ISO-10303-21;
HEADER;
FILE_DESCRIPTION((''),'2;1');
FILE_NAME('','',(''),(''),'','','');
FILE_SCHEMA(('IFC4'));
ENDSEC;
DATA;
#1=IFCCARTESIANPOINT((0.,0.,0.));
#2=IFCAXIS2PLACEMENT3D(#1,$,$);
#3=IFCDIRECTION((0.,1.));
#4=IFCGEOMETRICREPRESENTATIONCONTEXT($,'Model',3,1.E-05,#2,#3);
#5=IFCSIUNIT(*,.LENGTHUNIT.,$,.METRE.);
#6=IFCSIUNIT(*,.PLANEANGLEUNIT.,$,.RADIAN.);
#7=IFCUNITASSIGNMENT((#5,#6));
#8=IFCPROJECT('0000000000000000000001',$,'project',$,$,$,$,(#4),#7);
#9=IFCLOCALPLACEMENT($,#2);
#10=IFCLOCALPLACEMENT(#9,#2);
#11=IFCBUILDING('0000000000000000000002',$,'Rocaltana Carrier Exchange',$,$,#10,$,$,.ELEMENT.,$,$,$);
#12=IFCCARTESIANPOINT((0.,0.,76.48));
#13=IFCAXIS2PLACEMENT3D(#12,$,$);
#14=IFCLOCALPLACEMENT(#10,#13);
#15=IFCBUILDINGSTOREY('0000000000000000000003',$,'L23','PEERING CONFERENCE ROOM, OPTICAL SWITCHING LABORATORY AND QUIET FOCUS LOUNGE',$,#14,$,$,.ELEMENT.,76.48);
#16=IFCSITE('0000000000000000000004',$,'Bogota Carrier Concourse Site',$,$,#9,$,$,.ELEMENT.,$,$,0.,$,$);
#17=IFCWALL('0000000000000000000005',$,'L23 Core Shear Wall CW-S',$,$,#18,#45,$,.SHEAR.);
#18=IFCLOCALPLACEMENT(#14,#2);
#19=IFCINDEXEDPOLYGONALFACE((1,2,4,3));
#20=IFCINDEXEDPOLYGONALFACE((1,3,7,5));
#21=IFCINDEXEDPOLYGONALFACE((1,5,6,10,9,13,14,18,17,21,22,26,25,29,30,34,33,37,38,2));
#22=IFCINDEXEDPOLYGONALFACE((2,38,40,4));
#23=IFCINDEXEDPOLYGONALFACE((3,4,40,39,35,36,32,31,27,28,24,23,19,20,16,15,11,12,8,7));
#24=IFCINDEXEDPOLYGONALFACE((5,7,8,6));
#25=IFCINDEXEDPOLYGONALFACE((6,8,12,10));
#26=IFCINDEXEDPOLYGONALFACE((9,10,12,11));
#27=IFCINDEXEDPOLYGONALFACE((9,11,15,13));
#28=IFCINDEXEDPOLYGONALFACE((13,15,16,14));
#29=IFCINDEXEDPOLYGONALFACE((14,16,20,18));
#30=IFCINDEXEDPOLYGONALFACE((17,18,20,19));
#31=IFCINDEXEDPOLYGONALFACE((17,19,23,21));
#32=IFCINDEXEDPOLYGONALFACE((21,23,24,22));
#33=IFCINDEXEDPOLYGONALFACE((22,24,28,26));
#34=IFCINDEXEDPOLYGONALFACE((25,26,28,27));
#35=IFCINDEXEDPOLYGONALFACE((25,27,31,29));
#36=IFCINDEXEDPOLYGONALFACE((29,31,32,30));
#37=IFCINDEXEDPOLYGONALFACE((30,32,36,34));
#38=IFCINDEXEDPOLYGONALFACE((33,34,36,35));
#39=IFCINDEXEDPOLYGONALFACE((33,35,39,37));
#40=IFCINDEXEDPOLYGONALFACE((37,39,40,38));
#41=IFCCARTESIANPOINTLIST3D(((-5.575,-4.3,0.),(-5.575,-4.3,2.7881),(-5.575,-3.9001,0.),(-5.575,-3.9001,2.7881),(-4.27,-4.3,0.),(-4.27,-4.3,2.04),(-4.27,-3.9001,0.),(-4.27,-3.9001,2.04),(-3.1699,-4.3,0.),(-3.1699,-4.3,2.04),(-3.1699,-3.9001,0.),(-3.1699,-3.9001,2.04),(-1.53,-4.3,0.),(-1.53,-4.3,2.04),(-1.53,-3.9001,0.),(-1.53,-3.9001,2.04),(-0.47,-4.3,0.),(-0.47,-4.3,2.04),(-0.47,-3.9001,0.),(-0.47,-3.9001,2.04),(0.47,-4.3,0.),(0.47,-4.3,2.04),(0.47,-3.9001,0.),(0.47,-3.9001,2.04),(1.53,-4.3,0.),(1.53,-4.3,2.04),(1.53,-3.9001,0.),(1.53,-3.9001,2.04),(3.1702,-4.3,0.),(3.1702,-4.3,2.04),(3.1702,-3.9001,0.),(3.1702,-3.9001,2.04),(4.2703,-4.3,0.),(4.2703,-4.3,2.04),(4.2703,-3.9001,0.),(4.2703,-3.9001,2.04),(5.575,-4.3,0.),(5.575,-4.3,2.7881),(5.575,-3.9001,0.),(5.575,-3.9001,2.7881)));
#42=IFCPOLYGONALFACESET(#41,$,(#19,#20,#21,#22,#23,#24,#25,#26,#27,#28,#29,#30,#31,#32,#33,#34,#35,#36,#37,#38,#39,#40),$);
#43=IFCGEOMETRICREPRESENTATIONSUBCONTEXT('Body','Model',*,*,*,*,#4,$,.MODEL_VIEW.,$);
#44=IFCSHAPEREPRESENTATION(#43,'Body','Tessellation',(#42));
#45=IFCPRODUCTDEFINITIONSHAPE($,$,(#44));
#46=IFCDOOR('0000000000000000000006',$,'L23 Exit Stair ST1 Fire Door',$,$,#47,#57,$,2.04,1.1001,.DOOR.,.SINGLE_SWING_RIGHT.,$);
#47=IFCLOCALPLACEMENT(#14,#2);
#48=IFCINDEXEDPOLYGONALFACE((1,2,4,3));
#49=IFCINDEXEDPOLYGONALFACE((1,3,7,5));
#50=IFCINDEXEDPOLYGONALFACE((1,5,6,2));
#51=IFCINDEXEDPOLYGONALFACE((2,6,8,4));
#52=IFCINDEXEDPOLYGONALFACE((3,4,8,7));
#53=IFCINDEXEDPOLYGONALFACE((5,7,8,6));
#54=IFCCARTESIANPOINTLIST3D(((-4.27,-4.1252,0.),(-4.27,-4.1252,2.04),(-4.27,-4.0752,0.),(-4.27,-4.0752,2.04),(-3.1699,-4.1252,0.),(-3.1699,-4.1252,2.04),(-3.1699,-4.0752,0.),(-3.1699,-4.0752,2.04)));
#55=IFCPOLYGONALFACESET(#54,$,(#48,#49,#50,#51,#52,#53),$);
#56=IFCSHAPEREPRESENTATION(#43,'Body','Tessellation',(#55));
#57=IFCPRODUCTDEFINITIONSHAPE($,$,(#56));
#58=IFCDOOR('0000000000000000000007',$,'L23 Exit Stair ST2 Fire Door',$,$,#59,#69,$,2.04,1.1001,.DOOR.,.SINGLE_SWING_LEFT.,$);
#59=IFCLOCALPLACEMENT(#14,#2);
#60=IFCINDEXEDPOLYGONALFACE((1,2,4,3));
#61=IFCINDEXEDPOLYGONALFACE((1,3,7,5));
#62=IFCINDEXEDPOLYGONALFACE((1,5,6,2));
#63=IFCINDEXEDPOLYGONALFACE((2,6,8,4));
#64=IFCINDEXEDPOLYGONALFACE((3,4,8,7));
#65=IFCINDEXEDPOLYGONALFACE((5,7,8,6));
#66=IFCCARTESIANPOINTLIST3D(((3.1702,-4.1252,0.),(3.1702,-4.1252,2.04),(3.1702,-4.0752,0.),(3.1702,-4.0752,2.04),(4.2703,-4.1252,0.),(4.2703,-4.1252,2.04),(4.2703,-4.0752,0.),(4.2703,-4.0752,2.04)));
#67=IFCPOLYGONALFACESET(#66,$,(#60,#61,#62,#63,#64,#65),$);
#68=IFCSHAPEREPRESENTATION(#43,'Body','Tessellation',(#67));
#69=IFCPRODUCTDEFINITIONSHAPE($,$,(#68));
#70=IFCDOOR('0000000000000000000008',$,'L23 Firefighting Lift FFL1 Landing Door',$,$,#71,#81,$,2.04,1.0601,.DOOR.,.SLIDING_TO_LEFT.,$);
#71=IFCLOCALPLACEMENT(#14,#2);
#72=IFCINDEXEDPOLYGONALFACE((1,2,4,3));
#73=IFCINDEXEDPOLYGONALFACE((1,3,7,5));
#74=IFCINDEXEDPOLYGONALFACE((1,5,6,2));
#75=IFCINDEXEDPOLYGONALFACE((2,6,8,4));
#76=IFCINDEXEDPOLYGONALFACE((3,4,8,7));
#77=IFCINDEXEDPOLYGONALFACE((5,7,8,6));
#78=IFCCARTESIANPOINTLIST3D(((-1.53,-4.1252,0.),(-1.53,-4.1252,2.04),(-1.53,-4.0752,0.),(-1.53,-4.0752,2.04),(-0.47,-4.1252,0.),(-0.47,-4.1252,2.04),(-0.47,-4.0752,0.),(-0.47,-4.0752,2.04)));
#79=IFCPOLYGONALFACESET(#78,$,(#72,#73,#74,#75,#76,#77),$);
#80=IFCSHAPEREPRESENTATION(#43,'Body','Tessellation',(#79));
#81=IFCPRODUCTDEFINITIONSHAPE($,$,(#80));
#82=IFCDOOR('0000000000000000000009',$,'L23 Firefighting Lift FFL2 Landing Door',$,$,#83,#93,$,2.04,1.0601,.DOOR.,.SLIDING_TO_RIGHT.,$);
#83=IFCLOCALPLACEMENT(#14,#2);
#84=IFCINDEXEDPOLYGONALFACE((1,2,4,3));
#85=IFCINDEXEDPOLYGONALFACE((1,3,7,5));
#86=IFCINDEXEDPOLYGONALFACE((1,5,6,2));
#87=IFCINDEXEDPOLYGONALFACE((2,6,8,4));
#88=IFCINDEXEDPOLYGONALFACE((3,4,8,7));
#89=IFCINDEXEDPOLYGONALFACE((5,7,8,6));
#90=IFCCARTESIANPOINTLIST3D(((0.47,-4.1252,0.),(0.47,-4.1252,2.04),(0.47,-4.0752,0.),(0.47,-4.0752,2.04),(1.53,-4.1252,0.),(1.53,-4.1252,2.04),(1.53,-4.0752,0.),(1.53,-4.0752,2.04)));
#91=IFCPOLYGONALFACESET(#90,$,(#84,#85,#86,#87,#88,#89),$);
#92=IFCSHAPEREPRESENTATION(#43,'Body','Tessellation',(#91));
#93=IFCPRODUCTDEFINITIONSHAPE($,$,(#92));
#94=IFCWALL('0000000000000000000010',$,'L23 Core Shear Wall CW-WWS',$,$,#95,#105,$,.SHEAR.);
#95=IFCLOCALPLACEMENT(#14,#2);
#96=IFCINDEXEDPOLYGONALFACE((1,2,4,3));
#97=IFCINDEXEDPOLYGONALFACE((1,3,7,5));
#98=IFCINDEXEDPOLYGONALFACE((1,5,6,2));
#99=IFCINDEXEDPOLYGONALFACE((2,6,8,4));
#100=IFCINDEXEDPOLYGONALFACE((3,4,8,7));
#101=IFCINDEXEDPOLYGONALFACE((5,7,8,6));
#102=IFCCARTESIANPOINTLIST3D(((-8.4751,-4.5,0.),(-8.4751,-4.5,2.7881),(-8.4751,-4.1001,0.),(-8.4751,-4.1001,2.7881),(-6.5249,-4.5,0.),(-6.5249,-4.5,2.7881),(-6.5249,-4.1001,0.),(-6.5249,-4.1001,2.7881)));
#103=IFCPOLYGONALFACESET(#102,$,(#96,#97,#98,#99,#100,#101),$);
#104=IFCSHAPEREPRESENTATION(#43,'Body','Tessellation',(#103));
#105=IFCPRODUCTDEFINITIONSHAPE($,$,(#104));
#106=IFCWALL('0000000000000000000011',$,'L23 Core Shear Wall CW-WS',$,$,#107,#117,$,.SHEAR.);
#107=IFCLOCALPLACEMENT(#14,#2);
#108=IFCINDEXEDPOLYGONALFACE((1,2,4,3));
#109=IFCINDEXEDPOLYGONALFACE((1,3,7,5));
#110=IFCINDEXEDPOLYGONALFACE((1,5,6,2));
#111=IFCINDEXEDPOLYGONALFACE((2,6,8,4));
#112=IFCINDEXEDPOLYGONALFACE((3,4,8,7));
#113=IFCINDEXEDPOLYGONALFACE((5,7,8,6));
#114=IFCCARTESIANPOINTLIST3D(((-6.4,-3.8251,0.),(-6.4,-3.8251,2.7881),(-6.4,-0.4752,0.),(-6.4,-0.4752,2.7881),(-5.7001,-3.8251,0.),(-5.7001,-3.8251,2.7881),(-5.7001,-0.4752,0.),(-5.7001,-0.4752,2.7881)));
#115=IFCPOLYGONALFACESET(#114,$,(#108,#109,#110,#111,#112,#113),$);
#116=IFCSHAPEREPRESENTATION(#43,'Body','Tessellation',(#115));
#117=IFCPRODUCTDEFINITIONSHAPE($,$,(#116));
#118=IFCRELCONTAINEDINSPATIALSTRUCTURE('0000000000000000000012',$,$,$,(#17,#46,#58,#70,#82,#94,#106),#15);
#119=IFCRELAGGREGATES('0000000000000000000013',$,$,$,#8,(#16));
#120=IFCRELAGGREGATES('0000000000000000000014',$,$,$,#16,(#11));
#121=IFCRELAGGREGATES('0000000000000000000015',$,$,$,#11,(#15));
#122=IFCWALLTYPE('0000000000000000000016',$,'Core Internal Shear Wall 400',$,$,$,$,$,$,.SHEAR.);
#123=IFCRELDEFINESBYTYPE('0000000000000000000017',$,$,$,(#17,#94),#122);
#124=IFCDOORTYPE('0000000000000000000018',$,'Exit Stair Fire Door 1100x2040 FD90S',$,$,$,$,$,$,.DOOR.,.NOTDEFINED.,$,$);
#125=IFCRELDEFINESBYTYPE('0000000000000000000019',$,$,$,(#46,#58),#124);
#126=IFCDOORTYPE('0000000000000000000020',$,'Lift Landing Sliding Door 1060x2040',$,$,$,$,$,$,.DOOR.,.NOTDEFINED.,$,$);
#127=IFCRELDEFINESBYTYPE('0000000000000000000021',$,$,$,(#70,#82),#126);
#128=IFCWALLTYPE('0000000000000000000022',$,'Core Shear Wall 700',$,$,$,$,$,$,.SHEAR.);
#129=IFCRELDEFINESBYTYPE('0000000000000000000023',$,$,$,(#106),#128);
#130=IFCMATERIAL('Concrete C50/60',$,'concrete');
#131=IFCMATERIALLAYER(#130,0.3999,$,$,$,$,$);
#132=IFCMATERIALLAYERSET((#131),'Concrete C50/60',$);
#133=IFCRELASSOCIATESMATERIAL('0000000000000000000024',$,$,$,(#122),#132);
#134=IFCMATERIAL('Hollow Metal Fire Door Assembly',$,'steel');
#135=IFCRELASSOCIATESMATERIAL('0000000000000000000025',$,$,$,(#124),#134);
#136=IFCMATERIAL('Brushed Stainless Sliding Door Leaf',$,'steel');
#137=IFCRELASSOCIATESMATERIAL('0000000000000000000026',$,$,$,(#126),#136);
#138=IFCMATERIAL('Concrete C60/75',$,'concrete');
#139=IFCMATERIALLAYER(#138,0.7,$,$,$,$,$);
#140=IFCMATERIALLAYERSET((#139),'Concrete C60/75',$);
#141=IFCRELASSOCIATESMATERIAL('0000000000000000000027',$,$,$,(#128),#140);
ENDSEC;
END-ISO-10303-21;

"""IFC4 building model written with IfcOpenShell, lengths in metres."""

from ifc_helpers import new_model, si_unit, direction, frame, frame_2d, origin, place, context, subcontext, project, spatial, rectangle, extrude, material, layer, layer_set, type_object, element, fill, save


model = new_model("IFC4")

# Units and contexts
model_context = context("Model", 3, precision=1e-05, world=origin(), true_north=direction((0.0, 1.0)))
body_context = subcontext(model_context, "Body", "Model", "MODEL_VIEW")
ifc_project = project(units=[si_unit("LENGTHUNIT", "METRE"), si_unit("PLANEANGLEUNIT", "RADIAN")], contexts=[model_context])

# Site, building, storey
site_placement = place(None, origin())
site = spatial("IfcSite", under=ifc_project, at=site_placement, Name="Bogota Carrier Concourse Site", CompositionType="ELEMENT", RefElevation=0.0)
building_placement = place(site_placement, origin())
building = spatial("IfcBuilding", under=site, at=building_placement, Name="Rocaltana Carrier Exchange", CompositionType="ELEMENT")
storey_placement = place(building_placement, frame((0.0, 0.0, 76.48)))
storey = spatial("IfcBuildingStorey", under=building, at=storey_placement, Name="L23", Description="PEERING CONFERENCE ROOM, OPTICAL SWITCHING LABORATORY AND QUIET FOCUS LOUNGE", CompositionType="ELEMENT", Elevation=76.48)

# Wall, openings, doors
ifc_material_1 = material(Name="Concrete C50/60", Category="concrete")
ifc_layer_1 = layer(ifc_material_1, 0.3999)
ifc_layer_set_1 = layer_set([ifc_layer_1], Name="Concrete C50/60")
wall_type_1 = type_object("IfcWallType", Name="Core Internal Shear Wall 400", PredefinedType="SHEAR", material=ifc_layer_set_1)
wall_1_placement = place(storey_placement, frame((-5.575, -4.1001, 0.0), z_axis=(0.0, 0.0, 1.0), x_axis=(1.0, 0.0, 0.0)))
wall_1 = element("IfcWall", 1, at=wall_1_placement, inside=storey, type_object=wall_type_1, Name="L23 Core Shear Wall CW-S", PredefinedType="SHEAR", context=body_context, shape_type="SweptSolid", body=[
    extrude(rectangle(XDim=11.1499, YDim=0.3999, at=frame_2d((5.575, 0.0))), origin(), (0.0, 0.0, 1.0), 2.7881),
])
opening_1_placement = place(wall_1_placement, frame((1.3049, 0.0, 0.0)))
opening_1 = element("IfcOpeningElement", 2, at=opening_1_placement, cuts=wall_1, PredefinedType="OPENING", context=body_context, shape_type="SweptSolid", body=[
    extrude(rectangle(XDim=1.1001, YDim=2.04, at=frame_2d((0.55, 1.02))), frame((0.0, 0.21, 0.0), z_axis=(0.0, -1.0, 0.0), x_axis=(1.0, 0.0, 0.0)), (0.0, 0.0, 1.0), 0.4199),
])
opening_2_placement = place(wall_1_placement, frame((8.7451, 0.0, 0.0)))
opening_2 = element("IfcOpeningElement", 3, at=opening_2_placement, cuts=wall_1, PredefinedType="OPENING", context=body_context, shape_type="SweptSolid", body=[
    extrude(rectangle(XDim=1.1001, YDim=2.04, at=frame_2d((0.55, 1.02))), frame((0.0, 0.21, 0.0), z_axis=(0.0, -1.0, 0.0), x_axis=(1.0, 0.0, 0.0)), (0.0, 0.0, 1.0), 0.4199),
])
opening_3_placement = place(wall_1_placement, frame((4.0449, 0.0, 0.0)))
opening_3 = element("IfcOpeningElement", 4, at=opening_3_placement, cuts=wall_1, PredefinedType="OPENING", context=body_context, shape_type="SweptSolid", body=[
    extrude(rectangle(XDim=1.0601, YDim=2.04, at=frame_2d((0.53, 1.02))), frame((0.0, 0.21, 0.0), z_axis=(0.0, -1.0, 0.0), x_axis=(1.0, 0.0, 0.0)), (0.0, 0.0, 1.0), 0.4199),
])
opening_4_placement = place(wall_1_placement, frame((6.0449, 0.0, 0.0)))
opening_4 = element("IfcOpeningElement", 5, at=opening_4_placement, cuts=wall_1, PredefinedType="OPENING", context=body_context, shape_type="SweptSolid", body=[
    extrude(rectangle(XDim=1.0601, YDim=2.04, at=frame_2d((0.53, 1.02))), frame((0.0, 0.21, 0.0), z_axis=(0.0, -1.0, 0.0), x_axis=(1.0, 0.0, 0.0)), (0.0, 0.0, 1.0), 0.4199),
])
ifc_material_2 = material(Name="Hollow Metal Fire Door Assembly", Category="steel")
door_type_1 = type_object("IfcDoorType", Name="Exit Stair Fire Door 1100x2040 FD90S", OperationType="NOTDEFINED", PredefinedType="DOOR", material=ifc_material_2)
door_1_placement = place(opening_1_placement, origin())
door_1 = element("IfcDoor", 6, at=door_1_placement, inside=storey, type_object=door_type_1, Name="L23 Exit Stair ST1 Fire Door", OperationType="SINGLE_SWING_RIGHT", OverallHeight=2.04, OverallWidth=1.1001, PredefinedType="DOOR", context=body_context, shape_type="SweptSolid", body=[
    extrude(rectangle(XDim=1.1001, YDim=2.04, at=frame_2d((0.55, 1.02))), frame((0.0, 0.0249, 0.0), z_axis=(0.0, -1.0, 0.0), x_axis=(1.0, 0.0, 0.0)), (0.0, 0.0, 1.0), 0.05),
])
fill(opening_1, door_1)
door_2_placement = place(opening_2_placement, origin())
door_2 = element("IfcDoor", 7, at=door_2_placement, inside=storey, type_object=door_type_1, Name="L23 Exit Stair ST2 Fire Door", OperationType="SINGLE_SWING_LEFT", OverallHeight=2.04, OverallWidth=1.1001, PredefinedType="DOOR", context=body_context, shape_type="SweptSolid", body=[
    extrude(rectangle(XDim=1.1001, YDim=2.04, at=frame_2d((0.55, 1.02))), frame((0.0, 0.0249, 0.0), z_axis=(0.0, -1.0, 0.0), x_axis=(1.0, 0.0, 0.0)), (0.0, 0.0, 1.0), 0.05),
])
fill(opening_2, door_2)
ifc_material_3 = material(Name="Brushed Stainless Sliding Door Leaf", Category="steel")
door_type_2 = type_object("IfcDoorType", Name="Lift Landing Sliding Door 1060x2040", OperationType="NOTDEFINED", PredefinedType="DOOR", material=ifc_material_3)
door_3_placement = place(opening_3_placement, origin())
door_3 = element("IfcDoor", 8, at=door_3_placement, inside=storey, type_object=door_type_2, Name="L23 Firefighting Lift FFL1 Landing Door", OperationType="SLIDING_TO_LEFT", OverallHeight=2.04, OverallWidth=1.0601, PredefinedType="DOOR", context=body_context, shape_type="SweptSolid", body=[
    extrude(rectangle(XDim=1.0601, YDim=2.04, at=frame_2d((0.53, 1.02))), frame((0.0, 0.0249, 0.0), z_axis=(0.0, -1.0, 0.0), x_axis=(1.0, 0.0, 0.0)), (0.0, 0.0, 1.0), 0.05),
])
fill(opening_3, door_3)
door_4_placement = place(opening_4_placement, origin())
door_4 = element("IfcDoor", 9, at=door_4_placement, inside=storey, type_object=door_type_2, Name="L23 Firefighting Lift FFL2 Landing Door", OperationType="SLIDING_TO_RIGHT", OverallHeight=2.04, OverallWidth=1.0601, PredefinedType="DOOR", context=body_context, shape_type="SweptSolid", body=[
    extrude(rectangle(XDim=1.0601, YDim=2.04, at=frame_2d((0.53, 1.02))), frame((0.0, 0.0249, 0.0), z_axis=(0.0, -1.0, 0.0), x_axis=(1.0, 0.0, 0.0)), (0.0, 0.0, 1.0), 0.05),
])
fill(opening_4, door_4)

# Walls
wall_2_placement = place(storey_placement, frame((-8.4751, -4.3, 0.0), z_axis=(0.0, 0.0, 1.0), x_axis=(1.0, 0.0, 0.0)))
element("IfcWall", 10, at=wall_2_placement, inside=storey, type_object=wall_type_1, Name="L23 Core Shear Wall CW-WWS", PredefinedType="SHEAR", context=body_context, shape_type="SweptSolid", body=[
    extrude(rectangle(XDim=1.9502, YDim=0.3999, at=frame_2d((0.9751, 0.0))), origin(), (0.0, 0.0, 1.0), 2.7881),
])
ifc_material_4 = material(Name="Concrete C60/75", Category="concrete")
ifc_layer_2 = layer(ifc_material_4, 0.7)
ifc_layer_set_2 = layer_set([ifc_layer_2], Name="Concrete C60/75")
wall_type_2 = type_object("IfcWallType", Name="Core Shear Wall 700", PredefinedType="SHEAR", material=ifc_layer_set_2)
wall_3_placement = place(storey_placement, frame((-6.05, -3.825, 0.0), z_axis=(0.0, 0.0, 1.0), x_axis=(0.0, 1.0, 0.0)))
element("IfcWall", 11, at=wall_3_placement, inside=storey, type_object=wall_type_2, Name="L23 Core Shear Wall CW-WS", PredefinedType="SHEAR", context=body_context, shape_type="SweptSolid", body=[
    extrude(rectangle(XDim=3.3499, YDim=0.7, at=frame_2d((1.6748, 0.0))), origin(), (0.0, 0.0, 1.0), 2.7881),
])

save(model, "model.ifc")
